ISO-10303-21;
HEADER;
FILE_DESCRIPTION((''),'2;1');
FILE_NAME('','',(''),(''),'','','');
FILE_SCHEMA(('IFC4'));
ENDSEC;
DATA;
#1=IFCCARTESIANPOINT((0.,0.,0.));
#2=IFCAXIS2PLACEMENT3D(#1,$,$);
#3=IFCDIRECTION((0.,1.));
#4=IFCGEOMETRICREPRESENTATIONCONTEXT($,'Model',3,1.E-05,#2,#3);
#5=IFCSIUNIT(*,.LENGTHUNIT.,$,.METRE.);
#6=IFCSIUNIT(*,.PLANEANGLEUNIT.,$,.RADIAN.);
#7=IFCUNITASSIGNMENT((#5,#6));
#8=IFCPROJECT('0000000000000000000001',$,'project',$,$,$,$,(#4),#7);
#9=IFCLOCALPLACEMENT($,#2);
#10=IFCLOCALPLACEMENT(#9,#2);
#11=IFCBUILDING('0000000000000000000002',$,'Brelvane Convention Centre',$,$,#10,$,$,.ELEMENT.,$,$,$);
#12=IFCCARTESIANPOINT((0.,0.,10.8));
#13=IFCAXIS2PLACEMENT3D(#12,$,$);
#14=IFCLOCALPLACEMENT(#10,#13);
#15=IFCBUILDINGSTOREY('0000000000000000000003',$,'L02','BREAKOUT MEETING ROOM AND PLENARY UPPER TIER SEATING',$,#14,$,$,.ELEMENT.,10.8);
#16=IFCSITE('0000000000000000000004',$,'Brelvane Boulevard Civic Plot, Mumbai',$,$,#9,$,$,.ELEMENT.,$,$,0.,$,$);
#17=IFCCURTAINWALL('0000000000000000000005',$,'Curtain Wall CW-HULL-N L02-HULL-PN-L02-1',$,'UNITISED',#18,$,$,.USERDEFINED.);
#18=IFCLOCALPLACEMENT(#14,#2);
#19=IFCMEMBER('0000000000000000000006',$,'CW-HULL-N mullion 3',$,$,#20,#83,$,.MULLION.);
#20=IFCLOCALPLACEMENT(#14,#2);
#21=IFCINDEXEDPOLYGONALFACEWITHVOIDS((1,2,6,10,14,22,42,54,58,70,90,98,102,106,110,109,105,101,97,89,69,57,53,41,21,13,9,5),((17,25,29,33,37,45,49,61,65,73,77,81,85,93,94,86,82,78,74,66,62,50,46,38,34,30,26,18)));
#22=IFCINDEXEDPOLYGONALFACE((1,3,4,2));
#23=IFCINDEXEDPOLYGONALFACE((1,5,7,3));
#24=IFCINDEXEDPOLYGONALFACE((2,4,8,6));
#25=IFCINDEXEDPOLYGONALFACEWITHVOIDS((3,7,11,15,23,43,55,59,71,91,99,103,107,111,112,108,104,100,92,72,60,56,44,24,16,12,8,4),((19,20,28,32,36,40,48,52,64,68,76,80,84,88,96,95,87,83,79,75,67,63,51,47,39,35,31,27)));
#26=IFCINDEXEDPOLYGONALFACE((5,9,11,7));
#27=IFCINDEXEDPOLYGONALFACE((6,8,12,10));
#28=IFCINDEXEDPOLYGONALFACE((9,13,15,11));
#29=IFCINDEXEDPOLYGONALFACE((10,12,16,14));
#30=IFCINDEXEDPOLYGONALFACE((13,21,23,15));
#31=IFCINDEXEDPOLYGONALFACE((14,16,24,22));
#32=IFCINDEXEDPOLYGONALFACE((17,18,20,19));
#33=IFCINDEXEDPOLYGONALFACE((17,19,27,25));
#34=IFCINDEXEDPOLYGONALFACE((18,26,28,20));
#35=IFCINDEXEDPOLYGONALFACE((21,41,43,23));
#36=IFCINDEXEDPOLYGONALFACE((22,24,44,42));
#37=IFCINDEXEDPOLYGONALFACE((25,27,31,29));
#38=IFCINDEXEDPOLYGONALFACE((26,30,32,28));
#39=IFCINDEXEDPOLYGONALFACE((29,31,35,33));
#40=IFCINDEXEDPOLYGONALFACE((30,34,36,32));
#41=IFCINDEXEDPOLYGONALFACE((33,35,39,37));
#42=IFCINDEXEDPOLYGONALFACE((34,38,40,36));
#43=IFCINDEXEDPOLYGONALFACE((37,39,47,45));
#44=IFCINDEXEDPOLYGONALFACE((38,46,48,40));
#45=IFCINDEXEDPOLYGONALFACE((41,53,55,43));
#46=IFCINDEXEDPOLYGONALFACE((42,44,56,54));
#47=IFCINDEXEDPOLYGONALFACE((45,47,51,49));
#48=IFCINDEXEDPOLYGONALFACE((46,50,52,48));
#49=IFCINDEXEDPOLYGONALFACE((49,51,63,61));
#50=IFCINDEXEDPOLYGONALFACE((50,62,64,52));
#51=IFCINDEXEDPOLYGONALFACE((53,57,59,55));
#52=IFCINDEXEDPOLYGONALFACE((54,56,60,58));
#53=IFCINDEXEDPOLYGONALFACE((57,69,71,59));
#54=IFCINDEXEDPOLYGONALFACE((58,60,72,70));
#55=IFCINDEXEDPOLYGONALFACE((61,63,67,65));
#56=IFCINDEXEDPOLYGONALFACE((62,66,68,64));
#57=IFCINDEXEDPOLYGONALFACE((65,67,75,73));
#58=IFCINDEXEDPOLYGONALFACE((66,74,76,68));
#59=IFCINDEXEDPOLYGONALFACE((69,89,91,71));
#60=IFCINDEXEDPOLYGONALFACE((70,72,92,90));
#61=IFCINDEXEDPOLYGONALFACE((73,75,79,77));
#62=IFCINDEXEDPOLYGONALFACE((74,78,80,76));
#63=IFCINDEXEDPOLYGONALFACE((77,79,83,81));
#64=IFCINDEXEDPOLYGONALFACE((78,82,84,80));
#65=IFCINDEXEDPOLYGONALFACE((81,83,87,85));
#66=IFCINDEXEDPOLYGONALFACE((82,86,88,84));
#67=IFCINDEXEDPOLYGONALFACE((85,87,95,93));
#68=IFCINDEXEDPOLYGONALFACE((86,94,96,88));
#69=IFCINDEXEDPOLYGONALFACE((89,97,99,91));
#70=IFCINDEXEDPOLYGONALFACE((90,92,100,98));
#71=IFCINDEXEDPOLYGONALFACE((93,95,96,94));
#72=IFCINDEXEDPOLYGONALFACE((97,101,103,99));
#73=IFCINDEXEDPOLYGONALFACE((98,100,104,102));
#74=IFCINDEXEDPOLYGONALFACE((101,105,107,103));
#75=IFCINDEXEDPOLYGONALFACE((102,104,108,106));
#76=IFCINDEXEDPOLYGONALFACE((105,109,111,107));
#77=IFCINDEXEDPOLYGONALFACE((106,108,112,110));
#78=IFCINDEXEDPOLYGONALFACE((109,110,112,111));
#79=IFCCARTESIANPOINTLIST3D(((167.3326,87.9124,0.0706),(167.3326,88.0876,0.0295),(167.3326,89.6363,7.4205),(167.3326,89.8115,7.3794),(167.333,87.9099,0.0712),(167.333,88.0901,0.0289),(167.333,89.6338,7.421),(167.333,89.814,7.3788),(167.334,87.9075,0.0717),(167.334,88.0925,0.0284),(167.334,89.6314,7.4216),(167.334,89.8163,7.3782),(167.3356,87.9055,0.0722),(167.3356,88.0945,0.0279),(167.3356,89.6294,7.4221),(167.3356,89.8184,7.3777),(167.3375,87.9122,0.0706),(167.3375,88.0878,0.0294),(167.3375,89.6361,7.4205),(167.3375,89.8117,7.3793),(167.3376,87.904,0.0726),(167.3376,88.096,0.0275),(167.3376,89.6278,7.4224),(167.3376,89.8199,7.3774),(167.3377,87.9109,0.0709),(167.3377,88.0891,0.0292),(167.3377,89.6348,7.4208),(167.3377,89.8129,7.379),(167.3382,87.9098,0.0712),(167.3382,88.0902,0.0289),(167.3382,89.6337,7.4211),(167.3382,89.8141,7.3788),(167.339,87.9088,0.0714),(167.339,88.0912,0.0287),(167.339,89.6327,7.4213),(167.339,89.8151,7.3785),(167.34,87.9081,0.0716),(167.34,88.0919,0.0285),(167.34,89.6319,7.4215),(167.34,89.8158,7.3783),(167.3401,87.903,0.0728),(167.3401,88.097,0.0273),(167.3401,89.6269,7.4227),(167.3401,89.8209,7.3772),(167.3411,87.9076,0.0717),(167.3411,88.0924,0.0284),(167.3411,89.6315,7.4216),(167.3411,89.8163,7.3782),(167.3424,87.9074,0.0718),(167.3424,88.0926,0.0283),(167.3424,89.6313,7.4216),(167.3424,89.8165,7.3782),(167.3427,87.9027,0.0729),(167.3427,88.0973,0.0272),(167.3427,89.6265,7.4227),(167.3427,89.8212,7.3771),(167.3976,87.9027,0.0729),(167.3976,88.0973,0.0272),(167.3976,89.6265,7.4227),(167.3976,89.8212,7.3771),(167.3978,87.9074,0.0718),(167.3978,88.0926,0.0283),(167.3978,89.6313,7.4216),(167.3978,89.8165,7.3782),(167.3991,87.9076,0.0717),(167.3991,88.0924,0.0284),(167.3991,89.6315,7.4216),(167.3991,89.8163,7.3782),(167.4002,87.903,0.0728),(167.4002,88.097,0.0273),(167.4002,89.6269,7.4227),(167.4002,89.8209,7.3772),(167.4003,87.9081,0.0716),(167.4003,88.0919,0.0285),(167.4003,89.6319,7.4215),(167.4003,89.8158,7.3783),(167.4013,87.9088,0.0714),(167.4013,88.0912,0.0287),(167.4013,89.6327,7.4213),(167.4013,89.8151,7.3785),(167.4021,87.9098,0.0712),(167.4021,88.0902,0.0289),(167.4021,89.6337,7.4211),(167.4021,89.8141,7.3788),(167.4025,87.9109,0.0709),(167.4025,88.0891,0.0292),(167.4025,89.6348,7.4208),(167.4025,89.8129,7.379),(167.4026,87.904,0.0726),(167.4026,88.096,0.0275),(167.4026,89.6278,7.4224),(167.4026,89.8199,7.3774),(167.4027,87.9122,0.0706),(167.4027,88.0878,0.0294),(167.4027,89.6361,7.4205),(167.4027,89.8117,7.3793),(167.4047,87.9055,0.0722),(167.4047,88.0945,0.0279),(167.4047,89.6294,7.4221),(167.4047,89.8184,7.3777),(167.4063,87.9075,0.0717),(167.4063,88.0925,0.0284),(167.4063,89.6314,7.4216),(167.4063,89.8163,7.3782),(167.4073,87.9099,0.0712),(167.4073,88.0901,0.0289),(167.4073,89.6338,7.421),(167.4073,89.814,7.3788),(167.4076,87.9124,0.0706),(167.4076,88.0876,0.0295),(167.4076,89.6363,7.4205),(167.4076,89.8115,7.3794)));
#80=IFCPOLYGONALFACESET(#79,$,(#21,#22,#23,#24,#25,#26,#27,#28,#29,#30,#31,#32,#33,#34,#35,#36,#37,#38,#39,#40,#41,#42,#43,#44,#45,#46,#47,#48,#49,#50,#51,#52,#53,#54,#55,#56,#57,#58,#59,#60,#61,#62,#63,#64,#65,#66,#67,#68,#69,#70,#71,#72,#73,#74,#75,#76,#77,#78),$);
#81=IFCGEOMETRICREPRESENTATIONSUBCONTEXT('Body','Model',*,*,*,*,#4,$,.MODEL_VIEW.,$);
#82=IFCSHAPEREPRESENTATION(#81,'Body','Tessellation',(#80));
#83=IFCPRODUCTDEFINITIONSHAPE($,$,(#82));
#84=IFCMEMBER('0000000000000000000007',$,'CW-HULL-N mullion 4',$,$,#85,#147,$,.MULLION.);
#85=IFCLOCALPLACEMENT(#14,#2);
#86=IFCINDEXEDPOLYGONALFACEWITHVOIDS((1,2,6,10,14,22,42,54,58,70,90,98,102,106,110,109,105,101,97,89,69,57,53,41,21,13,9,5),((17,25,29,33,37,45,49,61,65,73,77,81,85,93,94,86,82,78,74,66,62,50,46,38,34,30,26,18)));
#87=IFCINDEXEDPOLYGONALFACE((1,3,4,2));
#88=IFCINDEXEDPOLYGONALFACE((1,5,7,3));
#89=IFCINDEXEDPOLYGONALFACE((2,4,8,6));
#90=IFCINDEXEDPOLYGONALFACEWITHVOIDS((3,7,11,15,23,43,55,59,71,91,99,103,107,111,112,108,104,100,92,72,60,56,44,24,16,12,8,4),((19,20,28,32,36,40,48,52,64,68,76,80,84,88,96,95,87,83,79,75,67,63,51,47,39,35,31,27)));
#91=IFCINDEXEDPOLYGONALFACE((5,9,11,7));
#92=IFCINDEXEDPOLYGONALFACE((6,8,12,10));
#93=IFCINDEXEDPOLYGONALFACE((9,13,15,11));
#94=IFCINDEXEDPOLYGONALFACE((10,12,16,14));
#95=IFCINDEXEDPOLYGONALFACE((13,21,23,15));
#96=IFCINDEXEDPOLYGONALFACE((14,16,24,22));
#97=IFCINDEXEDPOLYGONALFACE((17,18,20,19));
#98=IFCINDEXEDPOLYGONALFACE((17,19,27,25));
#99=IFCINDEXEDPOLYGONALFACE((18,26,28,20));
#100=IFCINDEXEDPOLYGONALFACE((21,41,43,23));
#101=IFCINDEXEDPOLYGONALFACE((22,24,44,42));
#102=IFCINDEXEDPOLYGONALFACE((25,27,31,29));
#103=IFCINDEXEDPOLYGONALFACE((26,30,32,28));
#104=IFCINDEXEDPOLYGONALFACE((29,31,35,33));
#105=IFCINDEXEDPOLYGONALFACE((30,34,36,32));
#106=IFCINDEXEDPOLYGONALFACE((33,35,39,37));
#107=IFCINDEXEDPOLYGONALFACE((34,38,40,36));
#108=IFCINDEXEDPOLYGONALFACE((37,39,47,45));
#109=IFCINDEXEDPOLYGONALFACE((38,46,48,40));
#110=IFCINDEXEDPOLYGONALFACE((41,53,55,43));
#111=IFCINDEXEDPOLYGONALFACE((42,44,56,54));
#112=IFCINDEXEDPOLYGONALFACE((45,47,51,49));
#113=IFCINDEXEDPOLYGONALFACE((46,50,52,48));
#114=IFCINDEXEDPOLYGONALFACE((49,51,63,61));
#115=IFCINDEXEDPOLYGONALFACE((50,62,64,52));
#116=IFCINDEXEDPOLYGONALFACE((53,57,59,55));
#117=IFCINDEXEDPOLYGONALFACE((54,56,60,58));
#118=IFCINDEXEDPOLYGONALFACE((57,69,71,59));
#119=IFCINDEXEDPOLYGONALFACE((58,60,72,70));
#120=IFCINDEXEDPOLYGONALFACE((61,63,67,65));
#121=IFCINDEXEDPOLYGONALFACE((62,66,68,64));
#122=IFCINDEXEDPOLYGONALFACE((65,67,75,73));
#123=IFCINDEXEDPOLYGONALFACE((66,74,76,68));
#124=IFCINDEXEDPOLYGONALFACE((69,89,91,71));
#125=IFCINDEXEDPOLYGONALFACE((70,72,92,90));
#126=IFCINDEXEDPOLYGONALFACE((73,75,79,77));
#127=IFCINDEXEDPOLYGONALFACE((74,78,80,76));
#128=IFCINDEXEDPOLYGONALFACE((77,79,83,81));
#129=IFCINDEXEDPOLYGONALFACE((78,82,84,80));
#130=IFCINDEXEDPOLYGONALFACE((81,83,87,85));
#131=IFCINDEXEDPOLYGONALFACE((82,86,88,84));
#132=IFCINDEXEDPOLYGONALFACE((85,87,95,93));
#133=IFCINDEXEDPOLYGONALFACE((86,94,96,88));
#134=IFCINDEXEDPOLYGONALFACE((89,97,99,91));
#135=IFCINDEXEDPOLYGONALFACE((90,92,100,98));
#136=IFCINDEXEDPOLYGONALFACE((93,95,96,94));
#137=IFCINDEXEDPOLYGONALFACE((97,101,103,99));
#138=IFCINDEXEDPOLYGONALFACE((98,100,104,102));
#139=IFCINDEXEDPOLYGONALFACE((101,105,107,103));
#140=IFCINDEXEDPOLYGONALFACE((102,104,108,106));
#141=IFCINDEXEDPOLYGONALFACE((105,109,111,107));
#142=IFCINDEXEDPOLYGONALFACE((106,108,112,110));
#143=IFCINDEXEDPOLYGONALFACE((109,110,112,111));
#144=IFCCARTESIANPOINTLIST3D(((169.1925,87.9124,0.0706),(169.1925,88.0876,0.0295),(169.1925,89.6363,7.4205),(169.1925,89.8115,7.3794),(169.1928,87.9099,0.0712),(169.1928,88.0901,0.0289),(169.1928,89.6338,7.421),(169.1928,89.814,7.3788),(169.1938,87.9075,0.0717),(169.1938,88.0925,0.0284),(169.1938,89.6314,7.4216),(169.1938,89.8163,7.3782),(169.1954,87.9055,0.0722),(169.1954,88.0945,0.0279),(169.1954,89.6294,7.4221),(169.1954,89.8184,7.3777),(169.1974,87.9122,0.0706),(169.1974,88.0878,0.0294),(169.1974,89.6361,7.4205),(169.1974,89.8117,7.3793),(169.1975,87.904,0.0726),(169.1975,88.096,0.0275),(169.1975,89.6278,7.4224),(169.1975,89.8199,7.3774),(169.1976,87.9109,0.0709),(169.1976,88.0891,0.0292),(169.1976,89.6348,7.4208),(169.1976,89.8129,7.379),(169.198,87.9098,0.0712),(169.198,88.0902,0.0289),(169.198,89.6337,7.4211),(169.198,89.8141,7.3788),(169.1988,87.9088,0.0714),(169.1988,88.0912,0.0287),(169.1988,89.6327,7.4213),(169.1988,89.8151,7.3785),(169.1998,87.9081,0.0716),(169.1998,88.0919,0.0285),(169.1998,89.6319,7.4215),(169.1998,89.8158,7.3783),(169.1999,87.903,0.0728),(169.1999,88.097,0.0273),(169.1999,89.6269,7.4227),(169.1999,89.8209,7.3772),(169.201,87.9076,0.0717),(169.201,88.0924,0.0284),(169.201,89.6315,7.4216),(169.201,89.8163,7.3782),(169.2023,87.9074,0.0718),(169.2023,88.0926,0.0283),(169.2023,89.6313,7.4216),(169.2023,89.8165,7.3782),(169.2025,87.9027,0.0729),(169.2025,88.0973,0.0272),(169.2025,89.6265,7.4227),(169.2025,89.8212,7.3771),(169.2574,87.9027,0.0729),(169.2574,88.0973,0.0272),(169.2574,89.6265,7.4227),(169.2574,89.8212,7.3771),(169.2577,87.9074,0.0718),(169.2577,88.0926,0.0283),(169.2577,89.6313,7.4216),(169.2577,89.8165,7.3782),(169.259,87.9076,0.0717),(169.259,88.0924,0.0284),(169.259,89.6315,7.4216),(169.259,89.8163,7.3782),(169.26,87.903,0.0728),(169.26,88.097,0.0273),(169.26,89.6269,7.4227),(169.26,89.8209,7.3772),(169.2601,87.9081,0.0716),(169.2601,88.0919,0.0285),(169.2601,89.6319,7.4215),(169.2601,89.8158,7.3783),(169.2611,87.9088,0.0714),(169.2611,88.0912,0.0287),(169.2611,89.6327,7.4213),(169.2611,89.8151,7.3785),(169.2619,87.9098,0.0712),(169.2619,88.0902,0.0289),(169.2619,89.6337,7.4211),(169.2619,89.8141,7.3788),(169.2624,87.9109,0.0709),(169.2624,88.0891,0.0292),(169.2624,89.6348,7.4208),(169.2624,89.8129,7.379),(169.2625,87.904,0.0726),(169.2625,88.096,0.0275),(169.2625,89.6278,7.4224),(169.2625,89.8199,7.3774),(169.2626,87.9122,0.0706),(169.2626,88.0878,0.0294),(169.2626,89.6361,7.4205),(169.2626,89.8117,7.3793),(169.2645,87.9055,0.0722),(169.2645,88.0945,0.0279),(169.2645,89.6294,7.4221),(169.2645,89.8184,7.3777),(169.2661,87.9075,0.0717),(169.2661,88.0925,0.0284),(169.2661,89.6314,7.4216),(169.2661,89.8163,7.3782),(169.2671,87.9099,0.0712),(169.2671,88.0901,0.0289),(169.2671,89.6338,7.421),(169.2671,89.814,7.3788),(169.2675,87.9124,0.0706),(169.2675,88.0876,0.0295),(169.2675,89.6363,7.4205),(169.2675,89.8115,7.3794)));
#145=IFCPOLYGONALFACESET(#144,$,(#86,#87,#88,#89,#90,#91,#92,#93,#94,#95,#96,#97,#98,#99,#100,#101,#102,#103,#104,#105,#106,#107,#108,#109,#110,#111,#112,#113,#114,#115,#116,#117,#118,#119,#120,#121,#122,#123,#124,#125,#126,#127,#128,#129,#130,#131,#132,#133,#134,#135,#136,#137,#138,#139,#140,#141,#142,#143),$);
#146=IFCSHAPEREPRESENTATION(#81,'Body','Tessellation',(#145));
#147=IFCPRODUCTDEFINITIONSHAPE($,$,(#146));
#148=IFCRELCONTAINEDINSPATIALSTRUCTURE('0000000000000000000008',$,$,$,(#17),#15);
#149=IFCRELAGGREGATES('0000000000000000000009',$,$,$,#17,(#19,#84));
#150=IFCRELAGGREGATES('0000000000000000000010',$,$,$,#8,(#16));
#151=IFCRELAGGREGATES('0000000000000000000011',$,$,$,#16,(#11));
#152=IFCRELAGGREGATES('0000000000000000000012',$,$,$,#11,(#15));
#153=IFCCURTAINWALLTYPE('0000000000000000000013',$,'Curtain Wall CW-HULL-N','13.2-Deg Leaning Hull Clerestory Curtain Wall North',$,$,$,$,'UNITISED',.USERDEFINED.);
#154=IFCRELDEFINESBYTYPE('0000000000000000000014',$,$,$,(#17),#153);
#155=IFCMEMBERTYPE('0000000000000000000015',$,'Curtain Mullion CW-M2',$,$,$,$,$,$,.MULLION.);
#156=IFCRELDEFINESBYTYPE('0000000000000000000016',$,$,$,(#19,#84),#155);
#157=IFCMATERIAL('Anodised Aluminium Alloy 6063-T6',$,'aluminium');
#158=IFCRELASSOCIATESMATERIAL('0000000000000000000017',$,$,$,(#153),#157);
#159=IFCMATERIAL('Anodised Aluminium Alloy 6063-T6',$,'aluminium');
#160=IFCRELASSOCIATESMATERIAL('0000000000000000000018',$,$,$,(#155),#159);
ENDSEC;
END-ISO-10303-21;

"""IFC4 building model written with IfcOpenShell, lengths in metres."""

from ifc_helpers import new_model, si_unit, direction, frame, origin, origin_2d, place, context, subcontext, project, spatial, hollow_rectangle, extrude, material, material_profile, profile_set, type_object, element, aggregate, save


model = new_model("IFC4")

# Units and contexts
model_context = context("Model", 3, precision=1e-05, world=origin(), true_north=direction((0.0, 1.0)))
body_context = subcontext(model_context, "Body", "Model", "MODEL_VIEW")
ifc_project = project(units=[si_unit("LENGTHUNIT", "METRE"), si_unit("PLANEANGLEUNIT", "RADIAN")], contexts=[model_context])

# Site, building, storey
site_placement = place(None, origin())
site = spatial("IfcSite", under=ifc_project, at=site_placement, Name="Brelvane Boulevard Civic Plot, Mumbai", CompositionType="ELEMENT", RefElevation=0.0)
building_placement = place(site_placement, origin())
building = spatial("IfcBuilding", under=site, at=building_placement, Name="Brelvane Convention Centre", CompositionType="ELEMENT")
storey_placement = place(building_placement, frame((0.0, 0.0, 10.8)))
storey = spatial("IfcBuildingStorey", under=building, at=storey_placement, Name="L02", Description="BREAKOUT MEETING ROOM AND PLENARY UPPER TIER SEATING", CompositionType="ELEMENT", Elevation=10.8)

# Curtain wall, members
ifc_material_1 = material(Name="Anodised Aluminium Alloy 6063-T6", Category="aluminium")
curtain_wall_type = type_object("IfcCurtainWallType", Name="Curtain Wall CW-HULL-N", Description="13.2-Deg Leaning Hull Clerestory Curtain Wall North", ElementType="UNITISED", PredefinedType="USERDEFINED", material=ifc_material_1)
curtain_wall_1_placement = place(storey_placement, origin())
curtain_wall_1 = element("IfcCurtainWall", 1, at=curtain_wall_1_placement, inside=storey, type_object=curtain_wall_type, Name="Curtain Wall CW-HULL-N L02-HULL-PN-L02-1", ObjectType="UNITISED", PredefinedType="USERDEFINED")
ifc_material_2 = material(Name="Anodised Aluminium Alloy 6063-T6", Category="aluminium")
ifc_material_profile_1 = material_profile(ifc_material_2, hollow_rectangle(XDim=0.075, YDim=0.2, WallThickness=0.0049, InnerFilletRadius=0.0049, OuterFilletRadius=0.01, at=origin_2d()), Name="ALU-M 200x75x5.0")
ifc_profile_set_1 = profile_set([ifc_material_profile_1], Name="Anodised Aluminium Alloy 6063-T6")
member_type_1 = type_object("IfcMemberType", Name="Curtain Mullion CW-M2", PredefinedType="MULLION", material=ifc_profile_set_1)
member_1_placement = place(storey_placement, frame((167.3701, 88.0, 0.05), z_axis=(0.0, 0.228349, 0.973579), x_axis=(-1.0, 0.0, 0.0)))
member_1 = element("IfcMember", 2, at=member_1_placement, type_object=member_type_1, Name="CW-HULL-N mullion 3", PredefinedType="MULLION", context=body_context, shape_type="SweptSolid", body=[
    extrude(hollow_rectangle(XDim=0.075, YDim=0.2, WallThickness=0.0049, InnerFilletRadius=0.0049, OuterFilletRadius=0.01, at=origin_2d()), origin(), (0.0, 0.0, 1.0), 7.5493),
])
member_2_placement = place(storey_placement, frame((169.23, 88.0, 0.05), z_axis=(0.0, 0.228349, 0.973579), x_axis=(-1.0, 0.0, 0.0)))
member_2 = element("IfcMember", 3, at=member_2_placement, type_object=member_type_1, Name="CW-HULL-N mullion 4", PredefinedType="MULLION", context=body_context, shape_type="SweptSolid", body=[
    extrude(hollow_rectangle(XDim=0.075, YDim=0.2, WallThickness=0.0049, InnerFilletRadius=0.0049, OuterFilletRadius=0.01, at=origin_2d()), origin(), (0.0, 0.0, 1.0), 7.5493),
])

aggregate(curtain_wall_1, [member_1, member_2])

save(model, "model.ifc")
